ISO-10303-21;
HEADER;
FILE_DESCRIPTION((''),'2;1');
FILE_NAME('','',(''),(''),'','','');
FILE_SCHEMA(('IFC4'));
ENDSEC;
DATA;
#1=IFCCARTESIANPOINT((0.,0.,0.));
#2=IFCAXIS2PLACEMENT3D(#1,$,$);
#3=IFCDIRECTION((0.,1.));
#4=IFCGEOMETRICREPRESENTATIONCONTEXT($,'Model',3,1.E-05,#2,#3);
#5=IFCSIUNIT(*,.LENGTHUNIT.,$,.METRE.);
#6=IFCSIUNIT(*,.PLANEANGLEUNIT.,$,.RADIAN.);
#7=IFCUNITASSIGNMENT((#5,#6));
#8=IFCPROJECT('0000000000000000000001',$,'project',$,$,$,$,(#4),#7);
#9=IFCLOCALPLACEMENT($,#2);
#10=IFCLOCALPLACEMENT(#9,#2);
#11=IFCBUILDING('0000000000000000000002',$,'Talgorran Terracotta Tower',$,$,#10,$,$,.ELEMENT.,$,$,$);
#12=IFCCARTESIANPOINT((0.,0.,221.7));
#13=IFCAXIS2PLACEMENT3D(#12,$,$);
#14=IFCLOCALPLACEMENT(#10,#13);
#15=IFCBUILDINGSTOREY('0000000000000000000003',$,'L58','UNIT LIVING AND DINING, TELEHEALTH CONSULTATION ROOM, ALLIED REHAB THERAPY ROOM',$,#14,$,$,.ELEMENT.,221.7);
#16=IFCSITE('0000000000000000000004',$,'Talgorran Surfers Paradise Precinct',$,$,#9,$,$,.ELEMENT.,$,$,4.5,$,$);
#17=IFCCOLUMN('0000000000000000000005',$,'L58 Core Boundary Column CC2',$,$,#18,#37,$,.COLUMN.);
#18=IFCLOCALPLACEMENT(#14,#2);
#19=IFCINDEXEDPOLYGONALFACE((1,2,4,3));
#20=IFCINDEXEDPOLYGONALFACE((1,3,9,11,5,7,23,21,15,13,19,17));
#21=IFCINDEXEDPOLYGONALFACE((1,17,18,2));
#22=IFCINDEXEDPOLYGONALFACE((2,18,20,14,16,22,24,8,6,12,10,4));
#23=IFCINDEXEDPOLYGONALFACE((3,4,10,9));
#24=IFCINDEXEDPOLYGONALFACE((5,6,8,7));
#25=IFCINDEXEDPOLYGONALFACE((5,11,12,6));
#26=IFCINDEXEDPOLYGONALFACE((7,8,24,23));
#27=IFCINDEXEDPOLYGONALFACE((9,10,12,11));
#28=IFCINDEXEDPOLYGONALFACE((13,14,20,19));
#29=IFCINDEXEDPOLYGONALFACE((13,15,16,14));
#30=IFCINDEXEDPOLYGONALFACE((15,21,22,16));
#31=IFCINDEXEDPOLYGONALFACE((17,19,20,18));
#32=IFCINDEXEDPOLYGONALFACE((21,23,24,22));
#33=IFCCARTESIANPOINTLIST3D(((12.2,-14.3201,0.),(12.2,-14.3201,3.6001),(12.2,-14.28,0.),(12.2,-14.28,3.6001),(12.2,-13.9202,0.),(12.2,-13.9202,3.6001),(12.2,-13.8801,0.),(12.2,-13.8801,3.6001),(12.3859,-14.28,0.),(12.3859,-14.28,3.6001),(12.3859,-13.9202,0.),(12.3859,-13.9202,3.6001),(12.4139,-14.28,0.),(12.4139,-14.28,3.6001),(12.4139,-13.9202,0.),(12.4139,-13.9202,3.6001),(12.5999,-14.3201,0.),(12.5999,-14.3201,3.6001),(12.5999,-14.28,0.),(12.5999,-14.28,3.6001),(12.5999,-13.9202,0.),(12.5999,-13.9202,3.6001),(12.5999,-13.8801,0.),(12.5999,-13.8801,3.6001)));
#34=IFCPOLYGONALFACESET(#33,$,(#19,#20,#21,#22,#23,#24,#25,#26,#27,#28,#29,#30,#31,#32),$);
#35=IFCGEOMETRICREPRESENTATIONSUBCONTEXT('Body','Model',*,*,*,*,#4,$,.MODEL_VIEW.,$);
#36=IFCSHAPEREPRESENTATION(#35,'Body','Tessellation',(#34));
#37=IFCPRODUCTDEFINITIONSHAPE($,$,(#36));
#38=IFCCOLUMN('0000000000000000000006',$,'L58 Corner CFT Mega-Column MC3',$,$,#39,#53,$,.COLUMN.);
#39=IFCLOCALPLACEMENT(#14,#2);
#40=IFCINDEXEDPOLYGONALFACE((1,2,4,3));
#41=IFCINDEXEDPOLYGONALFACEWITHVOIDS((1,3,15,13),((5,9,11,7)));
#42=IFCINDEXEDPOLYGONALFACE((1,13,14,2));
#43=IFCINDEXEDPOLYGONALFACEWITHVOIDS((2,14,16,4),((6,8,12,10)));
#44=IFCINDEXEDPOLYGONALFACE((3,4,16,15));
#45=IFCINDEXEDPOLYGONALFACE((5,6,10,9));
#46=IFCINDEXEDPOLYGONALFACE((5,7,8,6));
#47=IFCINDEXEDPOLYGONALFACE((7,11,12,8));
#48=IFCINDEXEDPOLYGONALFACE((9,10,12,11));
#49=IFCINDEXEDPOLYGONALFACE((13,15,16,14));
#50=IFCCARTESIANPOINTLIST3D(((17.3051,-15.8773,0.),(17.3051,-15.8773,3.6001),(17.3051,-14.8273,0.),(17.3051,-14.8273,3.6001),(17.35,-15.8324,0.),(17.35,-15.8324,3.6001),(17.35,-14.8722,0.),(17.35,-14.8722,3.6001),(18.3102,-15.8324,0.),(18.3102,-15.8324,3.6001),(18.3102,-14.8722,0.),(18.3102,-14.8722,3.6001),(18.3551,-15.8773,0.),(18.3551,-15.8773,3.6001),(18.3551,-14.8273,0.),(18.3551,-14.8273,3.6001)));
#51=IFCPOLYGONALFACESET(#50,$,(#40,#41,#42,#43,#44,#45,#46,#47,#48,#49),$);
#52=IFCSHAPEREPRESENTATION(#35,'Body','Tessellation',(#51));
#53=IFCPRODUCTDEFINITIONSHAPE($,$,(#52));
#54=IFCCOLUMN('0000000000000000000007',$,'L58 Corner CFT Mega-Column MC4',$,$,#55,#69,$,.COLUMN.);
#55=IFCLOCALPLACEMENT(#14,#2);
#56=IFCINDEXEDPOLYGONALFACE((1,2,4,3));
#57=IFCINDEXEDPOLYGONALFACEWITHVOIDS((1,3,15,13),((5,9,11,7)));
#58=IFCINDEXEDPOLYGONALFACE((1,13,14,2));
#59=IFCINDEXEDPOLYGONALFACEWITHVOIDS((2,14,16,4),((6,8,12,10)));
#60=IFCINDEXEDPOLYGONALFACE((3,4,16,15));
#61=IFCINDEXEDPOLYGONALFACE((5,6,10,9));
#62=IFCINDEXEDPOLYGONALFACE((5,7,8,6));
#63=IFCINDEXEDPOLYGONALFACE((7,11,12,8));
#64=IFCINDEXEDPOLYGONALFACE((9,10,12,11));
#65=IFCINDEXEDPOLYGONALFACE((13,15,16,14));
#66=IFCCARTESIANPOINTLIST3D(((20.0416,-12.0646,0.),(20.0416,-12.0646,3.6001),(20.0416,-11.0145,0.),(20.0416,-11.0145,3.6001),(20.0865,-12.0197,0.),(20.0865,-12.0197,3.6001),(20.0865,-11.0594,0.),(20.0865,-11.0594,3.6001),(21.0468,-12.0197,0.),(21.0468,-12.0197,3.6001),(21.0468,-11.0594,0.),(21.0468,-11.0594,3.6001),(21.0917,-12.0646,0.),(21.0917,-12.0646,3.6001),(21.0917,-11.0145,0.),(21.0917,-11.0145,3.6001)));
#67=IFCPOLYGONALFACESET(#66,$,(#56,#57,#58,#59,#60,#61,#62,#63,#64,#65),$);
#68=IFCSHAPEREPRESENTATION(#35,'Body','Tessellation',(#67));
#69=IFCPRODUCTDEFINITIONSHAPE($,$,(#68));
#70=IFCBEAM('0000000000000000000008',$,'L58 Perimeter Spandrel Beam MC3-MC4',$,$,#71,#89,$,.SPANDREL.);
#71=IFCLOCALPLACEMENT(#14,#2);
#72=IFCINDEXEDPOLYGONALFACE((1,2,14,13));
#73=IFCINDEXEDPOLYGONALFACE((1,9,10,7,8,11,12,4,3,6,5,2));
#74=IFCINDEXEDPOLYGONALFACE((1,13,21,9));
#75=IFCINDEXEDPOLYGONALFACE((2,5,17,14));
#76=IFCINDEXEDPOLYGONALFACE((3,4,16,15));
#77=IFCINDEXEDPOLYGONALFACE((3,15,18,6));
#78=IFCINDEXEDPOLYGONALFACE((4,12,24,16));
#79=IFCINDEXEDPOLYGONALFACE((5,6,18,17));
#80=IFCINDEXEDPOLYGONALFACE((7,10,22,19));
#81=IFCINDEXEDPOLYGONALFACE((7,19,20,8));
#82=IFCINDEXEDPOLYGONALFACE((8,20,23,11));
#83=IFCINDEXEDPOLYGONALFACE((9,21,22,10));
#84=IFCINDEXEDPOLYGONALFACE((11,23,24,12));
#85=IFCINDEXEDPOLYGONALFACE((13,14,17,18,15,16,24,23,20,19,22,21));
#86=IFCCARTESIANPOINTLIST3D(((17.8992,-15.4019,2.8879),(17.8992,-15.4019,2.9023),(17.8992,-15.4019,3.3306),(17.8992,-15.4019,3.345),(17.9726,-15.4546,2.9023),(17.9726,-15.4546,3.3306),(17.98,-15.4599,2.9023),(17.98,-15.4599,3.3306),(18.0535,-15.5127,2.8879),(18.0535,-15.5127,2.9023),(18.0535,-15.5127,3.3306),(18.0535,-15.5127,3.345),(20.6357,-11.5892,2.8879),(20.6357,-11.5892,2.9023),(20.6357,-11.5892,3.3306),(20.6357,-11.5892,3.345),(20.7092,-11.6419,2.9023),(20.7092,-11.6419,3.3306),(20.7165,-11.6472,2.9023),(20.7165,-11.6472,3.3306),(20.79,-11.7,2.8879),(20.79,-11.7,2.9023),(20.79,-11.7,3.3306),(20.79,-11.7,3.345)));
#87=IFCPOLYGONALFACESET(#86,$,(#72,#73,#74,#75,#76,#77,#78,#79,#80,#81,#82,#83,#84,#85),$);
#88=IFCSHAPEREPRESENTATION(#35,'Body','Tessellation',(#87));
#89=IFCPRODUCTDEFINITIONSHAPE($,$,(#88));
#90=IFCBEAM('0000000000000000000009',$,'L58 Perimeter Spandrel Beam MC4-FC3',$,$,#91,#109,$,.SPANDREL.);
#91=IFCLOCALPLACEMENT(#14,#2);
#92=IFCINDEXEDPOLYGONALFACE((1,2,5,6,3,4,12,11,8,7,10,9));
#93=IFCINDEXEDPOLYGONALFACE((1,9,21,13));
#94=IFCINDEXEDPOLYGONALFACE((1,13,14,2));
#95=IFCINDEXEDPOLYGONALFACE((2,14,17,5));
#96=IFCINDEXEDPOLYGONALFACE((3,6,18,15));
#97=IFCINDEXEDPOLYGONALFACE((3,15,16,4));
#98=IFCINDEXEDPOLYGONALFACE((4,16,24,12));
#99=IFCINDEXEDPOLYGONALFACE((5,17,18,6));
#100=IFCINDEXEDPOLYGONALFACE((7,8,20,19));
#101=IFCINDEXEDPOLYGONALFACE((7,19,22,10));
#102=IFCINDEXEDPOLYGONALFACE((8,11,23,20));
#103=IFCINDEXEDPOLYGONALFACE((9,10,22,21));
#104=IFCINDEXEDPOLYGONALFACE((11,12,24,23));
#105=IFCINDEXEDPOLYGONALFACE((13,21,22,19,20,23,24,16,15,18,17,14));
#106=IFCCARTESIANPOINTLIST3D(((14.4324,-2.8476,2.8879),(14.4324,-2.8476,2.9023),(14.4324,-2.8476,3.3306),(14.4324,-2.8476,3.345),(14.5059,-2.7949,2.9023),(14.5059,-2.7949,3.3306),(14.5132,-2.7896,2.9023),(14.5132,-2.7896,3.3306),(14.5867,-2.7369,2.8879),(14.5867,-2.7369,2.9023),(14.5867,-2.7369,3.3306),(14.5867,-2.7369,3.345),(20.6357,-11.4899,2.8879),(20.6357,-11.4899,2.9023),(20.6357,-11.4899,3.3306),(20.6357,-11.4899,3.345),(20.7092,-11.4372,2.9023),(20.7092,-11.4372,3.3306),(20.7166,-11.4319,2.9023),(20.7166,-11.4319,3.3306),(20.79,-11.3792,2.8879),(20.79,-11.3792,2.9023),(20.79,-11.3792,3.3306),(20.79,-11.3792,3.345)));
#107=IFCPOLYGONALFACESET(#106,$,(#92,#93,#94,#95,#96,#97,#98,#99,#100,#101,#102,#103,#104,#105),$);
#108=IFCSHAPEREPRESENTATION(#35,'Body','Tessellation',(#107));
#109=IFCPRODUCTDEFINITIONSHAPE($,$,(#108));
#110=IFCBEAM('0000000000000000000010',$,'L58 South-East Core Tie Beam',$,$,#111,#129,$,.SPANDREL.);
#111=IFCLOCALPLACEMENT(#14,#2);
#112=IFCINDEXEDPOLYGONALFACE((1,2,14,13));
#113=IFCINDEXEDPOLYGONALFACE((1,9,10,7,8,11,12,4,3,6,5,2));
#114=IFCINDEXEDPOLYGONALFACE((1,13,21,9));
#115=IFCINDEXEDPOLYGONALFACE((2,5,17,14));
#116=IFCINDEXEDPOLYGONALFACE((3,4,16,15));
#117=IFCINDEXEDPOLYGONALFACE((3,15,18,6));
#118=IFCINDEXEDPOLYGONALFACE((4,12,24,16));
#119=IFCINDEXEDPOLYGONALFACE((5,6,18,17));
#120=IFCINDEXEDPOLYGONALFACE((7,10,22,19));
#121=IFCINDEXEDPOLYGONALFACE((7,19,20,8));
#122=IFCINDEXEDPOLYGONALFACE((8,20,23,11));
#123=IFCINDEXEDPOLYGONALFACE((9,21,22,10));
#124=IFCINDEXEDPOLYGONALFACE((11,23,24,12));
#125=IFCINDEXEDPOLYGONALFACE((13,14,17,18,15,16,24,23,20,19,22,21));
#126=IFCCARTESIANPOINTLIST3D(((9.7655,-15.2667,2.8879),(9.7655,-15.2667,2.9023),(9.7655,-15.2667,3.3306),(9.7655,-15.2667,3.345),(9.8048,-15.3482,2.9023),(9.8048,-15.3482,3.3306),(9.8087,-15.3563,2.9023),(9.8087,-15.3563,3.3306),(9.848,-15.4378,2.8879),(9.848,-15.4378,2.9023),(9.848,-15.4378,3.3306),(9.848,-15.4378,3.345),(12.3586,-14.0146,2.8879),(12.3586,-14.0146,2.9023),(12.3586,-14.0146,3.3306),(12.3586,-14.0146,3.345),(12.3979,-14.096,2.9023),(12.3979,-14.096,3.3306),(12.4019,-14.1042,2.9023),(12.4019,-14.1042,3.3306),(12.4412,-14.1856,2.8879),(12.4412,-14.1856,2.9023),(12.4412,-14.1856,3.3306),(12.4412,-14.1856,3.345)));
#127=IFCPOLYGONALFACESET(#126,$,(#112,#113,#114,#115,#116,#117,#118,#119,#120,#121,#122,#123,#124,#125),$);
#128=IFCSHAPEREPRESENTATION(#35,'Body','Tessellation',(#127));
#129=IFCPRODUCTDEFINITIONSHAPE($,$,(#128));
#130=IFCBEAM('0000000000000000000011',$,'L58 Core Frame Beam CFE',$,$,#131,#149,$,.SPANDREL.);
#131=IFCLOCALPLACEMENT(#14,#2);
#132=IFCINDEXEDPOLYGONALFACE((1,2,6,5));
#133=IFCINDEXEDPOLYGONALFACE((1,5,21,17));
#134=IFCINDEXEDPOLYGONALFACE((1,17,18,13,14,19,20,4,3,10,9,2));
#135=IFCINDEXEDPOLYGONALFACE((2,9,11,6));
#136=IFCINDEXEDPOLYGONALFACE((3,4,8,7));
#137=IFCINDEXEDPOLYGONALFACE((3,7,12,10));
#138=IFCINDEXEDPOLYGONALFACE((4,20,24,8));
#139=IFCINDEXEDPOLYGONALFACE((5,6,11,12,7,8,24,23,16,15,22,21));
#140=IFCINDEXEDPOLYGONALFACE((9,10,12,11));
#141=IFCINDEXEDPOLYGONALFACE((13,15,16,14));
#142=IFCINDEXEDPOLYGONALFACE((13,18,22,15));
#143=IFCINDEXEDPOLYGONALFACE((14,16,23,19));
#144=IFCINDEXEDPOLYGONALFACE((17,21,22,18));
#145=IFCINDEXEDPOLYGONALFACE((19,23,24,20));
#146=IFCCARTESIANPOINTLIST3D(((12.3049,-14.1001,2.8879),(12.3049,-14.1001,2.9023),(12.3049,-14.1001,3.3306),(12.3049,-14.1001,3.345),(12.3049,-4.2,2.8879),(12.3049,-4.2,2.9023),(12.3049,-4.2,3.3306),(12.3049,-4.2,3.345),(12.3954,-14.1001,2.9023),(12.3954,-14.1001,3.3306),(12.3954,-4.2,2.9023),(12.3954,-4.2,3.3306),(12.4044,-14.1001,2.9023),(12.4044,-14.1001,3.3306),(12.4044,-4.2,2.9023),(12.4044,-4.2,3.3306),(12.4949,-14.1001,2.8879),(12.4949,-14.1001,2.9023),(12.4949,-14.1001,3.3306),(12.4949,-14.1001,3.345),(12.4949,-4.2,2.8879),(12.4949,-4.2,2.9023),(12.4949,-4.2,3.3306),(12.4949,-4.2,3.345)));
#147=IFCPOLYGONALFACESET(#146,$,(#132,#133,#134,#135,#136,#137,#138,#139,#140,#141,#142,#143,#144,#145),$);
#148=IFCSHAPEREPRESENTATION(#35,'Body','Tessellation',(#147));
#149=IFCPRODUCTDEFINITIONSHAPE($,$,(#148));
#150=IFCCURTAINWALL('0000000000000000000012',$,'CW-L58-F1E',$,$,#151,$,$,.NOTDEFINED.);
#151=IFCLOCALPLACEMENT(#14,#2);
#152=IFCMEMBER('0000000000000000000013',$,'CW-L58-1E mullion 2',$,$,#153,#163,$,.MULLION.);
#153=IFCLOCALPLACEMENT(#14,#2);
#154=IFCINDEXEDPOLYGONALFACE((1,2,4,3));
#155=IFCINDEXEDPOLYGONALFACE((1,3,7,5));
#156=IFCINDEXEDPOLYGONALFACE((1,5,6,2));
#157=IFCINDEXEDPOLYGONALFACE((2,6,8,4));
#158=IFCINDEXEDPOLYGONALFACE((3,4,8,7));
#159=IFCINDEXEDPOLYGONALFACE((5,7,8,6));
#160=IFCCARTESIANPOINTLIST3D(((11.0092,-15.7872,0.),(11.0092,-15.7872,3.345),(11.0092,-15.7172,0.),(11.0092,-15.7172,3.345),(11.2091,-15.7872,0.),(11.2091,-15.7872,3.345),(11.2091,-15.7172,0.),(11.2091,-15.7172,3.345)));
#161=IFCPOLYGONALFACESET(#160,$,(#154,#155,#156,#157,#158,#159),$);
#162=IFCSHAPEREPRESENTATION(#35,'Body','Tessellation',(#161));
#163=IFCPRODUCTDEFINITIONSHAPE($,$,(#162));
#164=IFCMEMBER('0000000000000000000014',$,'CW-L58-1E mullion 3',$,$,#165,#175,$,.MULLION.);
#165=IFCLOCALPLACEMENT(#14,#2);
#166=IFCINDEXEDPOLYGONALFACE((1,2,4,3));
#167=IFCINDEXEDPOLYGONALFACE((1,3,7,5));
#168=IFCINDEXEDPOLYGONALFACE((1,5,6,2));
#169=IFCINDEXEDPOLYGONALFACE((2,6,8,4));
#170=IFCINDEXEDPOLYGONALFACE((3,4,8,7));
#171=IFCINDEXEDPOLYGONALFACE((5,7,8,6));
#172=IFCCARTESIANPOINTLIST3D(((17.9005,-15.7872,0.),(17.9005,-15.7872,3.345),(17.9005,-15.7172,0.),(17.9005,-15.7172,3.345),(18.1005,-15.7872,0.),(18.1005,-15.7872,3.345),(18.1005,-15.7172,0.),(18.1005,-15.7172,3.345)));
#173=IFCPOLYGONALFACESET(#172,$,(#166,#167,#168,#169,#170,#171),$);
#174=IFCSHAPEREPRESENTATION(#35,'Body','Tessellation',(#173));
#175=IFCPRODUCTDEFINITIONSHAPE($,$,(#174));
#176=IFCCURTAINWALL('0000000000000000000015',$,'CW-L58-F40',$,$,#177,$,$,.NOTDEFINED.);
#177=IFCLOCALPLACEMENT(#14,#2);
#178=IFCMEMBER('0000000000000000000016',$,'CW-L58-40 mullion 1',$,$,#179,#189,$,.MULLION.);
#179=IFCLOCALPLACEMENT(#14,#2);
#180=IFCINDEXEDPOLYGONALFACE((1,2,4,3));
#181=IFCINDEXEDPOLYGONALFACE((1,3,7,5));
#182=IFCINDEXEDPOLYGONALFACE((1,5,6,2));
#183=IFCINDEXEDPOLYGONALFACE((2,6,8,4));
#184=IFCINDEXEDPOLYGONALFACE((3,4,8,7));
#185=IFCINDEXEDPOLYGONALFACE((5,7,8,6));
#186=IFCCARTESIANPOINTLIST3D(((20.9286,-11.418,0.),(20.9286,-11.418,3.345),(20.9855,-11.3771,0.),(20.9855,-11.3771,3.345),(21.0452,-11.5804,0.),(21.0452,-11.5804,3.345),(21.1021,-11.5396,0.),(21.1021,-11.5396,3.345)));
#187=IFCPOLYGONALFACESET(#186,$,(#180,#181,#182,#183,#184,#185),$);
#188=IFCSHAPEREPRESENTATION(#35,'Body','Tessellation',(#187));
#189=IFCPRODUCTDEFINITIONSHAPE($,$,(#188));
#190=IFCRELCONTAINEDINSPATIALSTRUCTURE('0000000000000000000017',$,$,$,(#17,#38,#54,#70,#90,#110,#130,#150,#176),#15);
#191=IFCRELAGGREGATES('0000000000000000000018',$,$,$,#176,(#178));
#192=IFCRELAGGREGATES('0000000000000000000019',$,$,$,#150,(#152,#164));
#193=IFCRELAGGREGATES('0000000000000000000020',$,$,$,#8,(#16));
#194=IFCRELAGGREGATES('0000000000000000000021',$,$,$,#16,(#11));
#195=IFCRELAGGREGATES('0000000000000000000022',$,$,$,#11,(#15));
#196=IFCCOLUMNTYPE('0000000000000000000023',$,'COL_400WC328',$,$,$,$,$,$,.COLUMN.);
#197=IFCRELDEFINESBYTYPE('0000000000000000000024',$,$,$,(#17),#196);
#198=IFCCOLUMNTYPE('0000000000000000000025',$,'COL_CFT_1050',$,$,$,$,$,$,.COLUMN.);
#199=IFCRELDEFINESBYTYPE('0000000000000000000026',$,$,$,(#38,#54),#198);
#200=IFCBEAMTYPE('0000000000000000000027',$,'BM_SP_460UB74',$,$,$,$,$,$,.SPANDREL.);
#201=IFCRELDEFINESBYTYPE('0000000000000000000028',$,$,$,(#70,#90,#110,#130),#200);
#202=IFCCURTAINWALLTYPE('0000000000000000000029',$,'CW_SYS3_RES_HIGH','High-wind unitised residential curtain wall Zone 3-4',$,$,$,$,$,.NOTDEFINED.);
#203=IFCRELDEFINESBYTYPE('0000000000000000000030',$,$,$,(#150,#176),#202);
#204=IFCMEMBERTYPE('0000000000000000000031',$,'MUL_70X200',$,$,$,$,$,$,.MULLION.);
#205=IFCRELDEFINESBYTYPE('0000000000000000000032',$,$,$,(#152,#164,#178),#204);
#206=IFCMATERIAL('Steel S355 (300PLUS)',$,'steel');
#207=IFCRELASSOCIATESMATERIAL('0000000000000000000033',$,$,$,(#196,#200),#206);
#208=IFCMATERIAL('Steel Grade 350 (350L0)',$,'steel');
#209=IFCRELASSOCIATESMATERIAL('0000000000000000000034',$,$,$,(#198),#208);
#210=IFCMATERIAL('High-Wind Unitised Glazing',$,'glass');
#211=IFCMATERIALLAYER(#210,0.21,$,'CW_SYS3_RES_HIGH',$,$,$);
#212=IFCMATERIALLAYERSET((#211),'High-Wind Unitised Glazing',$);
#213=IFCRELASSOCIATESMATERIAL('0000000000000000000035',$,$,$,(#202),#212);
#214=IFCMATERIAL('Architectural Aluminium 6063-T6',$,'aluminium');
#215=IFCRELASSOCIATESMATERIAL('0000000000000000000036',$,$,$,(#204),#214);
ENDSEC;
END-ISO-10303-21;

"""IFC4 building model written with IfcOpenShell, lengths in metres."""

from ifc_helpers import new_model, si_unit, direction, frame, origin, origin_2d, place, context, subcontext, project, spatial, rectangle, hollow_rectangle, i_section, extrude, material, layer, layer_set, material_profile, profile_set, type_object, element, aggregate, save


model = new_model("IFC4")

# Units and contexts
model_context = context("Model", 3, precision=1e-05, world=origin(), true_north=direction((0.0, 1.0)))
body_context = subcontext(model_context, "Body", "Model", "MODEL_VIEW")
ifc_project = project(units=[si_unit("LENGTHUNIT", "METRE"), si_unit("PLANEANGLEUNIT", "RADIAN")], contexts=[model_context])

# Site, building, storey
site_placement = place(None, origin())
site = spatial("IfcSite", under=ifc_project, at=site_placement, Name="Talgorran Surfers Paradise Precinct", CompositionType="ELEMENT", RefElevation=4.5)
building_placement = place(site_placement, origin())
building = spatial("IfcBuilding", under=site, at=building_placement, Name="Talgorran Terracotta Tower", CompositionType="ELEMENT")
storey_placement = place(building_placement, frame((0.0, 0.0, 221.7)))
storey = spatial("IfcBuildingStorey", under=building, at=storey_placement, Name="L58", Description="UNIT LIVING AND DINING, TELEHEALTH CONSULTATION ROOM, ALLIED REHAB THERAPY ROOM", CompositionType="ELEMENT", Elevation=221.7)

# Columns
ifc_material_1 = material(Name="Steel S355 (300PLUS)", Category="steel")
ifc_material_profile_1 = material_profile(ifc_material_1, i_section(OverallWidth=0.3999, OverallDepth=0.4399, WebThickness=0.0281, FlangeThickness=0.04, at=origin_2d()), Name="400WC328")
ifc_profile_set_1 = profile_set([ifc_material_profile_1], Name="Steel S355 (300PLUS)")
column_type_1 = type_object("IfcColumnType", Name="COL_400WC328", PredefinedType="COLUMN", material=ifc_profile_set_1)
column_placement = place(storey_placement, frame((12.3999, -14.1001, 0.0), z_axis=(0.0, 0.0, 1.0), x_axis=(1.0, 0.0, 0.0)))
element("IfcColumn", 1, at=column_placement, inside=storey, type_object=column_type_1, Name="L58 Core Boundary Column CC2", PredefinedType="COLUMN", context=body_context, shape_type="SweptSolid", body=[
    extrude(i_section(OverallWidth=0.3999, OverallDepth=0.4399, WebThickness=0.0281, FlangeThickness=0.04, at=origin_2d()), origin(), (0.0, 0.0, 1.0), 3.6001),
])
ifc_material_2 = material(Name="Steel Grade 350 (350L0)", Category="steel")
ifc_material_profile_2 = material_profile(ifc_material_2, hollow_rectangle(XDim=1.05, YDim=1.05, WallThickness=0.0449, at=origin_2d()), Name="CFT1050X1050X45")
ifc_profile_set_2 = profile_set([ifc_material_profile_2], Name="Steel Grade 350 (350L0)")
column_type_2 = type_object("IfcColumnType", Name="COL_CFT_1050", PredefinedType="COLUMN", material=ifc_profile_set_2)
for number, where, z_axis, x_axis, name in (
    (2, (17.8301, -15.3523, 0.0), (0.0, 0.0, 1.0), (1.0, 0.0, 0.0), "L58 Corner CFT Mega-Column MC3"),
    (3, (20.5667, -11.5396, 0.0), (0.0, 0.0, 1.0), (1.0, 0.0, 0.0), "L58 Corner CFT Mega-Column MC4"),
):
    element("IfcColumn", number, at=place(storey_placement, frame(where, z_axis=z_axis, x_axis=x_axis)), inside=storey, type_object=column_type_2, Name=name, PredefinedType="COLUMN", context=body_context, shape_type="SweptSolid", body=[
        extrude(hollow_rectangle(XDim=1.05, YDim=1.05, WallThickness=0.0449, at=origin_2d()), origin(), (0.0, 0.0, 1.0), 3.6001),
    ])

# Beams
ifc_material_profile_3 = material_profile(ifc_material_1, i_section(OverallWidth=0.1899, OverallDepth=0.457, WebThickness=0.009, FlangeThickness=0.0144, at=origin_2d()), Name="460UB74.6")
ifc_profile_set_3 = profile_set([ifc_material_profile_3], Name="Steel S355 (300PLUS)")
beam_type = type_object("IfcBeamType", Name="BM_SP_460UB74", PredefinedType="SPANDREL", material=ifc_profile_set_3)
beam_1_placement = place(storey_placement, frame((17.9763, -15.4573, 3.1165), z_axis=(0.583097, 0.812403, 0.0), x_axis=(-0.812403, 0.583097, 0.0)))
element("IfcBeam", 4, at=beam_1_placement, inside=storey, type_object=beam_type, Name="L58 Perimeter Spandrel Beam MC3-MC4", PredefinedType="SPANDREL", context=body_context, shape_type="SweptSolid", body=[
    extrude(i_section(OverallWidth=0.1899, OverallDepth=0.457, WebThickness=0.009, FlangeThickness=0.0144, at=origin_2d()), origin(), (0.0, 0.0, 1.0), 4.6931),
])
beam_2_placement = place(storey_placement, frame((20.7129, -11.4346, 3.1165), z_axis=(-0.583121, 0.812385, 0.0), x_axis=(-0.812385, -0.583121, 0.0)))
element("IfcBeam", 5, at=beam_2_placement, inside=storey, type_object=beam_type, Name="L58 Perimeter Spandrel Beam MC4-FC3", PredefinedType="SPANDREL", context=body_context, shape_type="SweptSolid", body=[
    extrude(i_section(OverallWidth=0.1899, OverallDepth=0.457, WebThickness=0.009, FlangeThickness=0.0144, at=origin_2d()), origin(), (0.0, 0.0, 1.0), 10.6382),
])
beam_3_placement = place(storey_placement, frame((12.3999, -14.1001, 3.1165), z_axis=(-0.900514, -0.434827, 0.0), x_axis=(0.434827, -0.900514, 0.0)))
element("IfcBeam", 6, at=beam_3_placement, inside=storey, type_object=beam_type, Name="L58 South-East Core Tie Beam", PredefinedType="SPANDREL", context=body_context, shape_type="SweptSolid", body=[
    extrude(i_section(OverallWidth=0.1899, OverallDepth=0.457, WebThickness=0.009, FlangeThickness=0.0144, at=origin_2d()), origin(), (0.0, 0.0, 1.0), 2.8796),
])
beam_4_placement = place(storey_placement, frame((12.3999, -14.1001, 3.1165), z_axis=(0.0, 1.0, 0.0), x_axis=(-1.0, 0.0, 0.0)))
element("IfcBeam", 7, at=beam_4_placement, inside=storey, type_object=beam_type, Name="L58 Core Frame Beam CFE", PredefinedType="SPANDREL", context=body_context, shape_type="SweptSolid", body=[
    extrude(i_section(OverallWidth=0.1899, OverallDepth=0.457, WebThickness=0.009, FlangeThickness=0.0144, at=origin_2d()), origin(), (0.0, 0.0, 1.0), 9.9001),
])

# Curtain wall, members
ifc_material_3 = material(Name="High-Wind Unitised Glazing", Category="glass")
ifc_layer_1 = layer(ifc_material_3, 0.21, Name="CW_SYS3_RES_HIGH")
ifc_layer_set_1 = layer_set([ifc_layer_1], Name="High-Wind Unitised Glazing")
curtain_wall_type = type_object("IfcCurtainWallType", Name="CW_SYS3_RES_HIGH", Description="High-wind unitised residential curtain wall Zone 3-4", PredefinedType="NOTDEFINED", material=ifc_layer_set_1)
curtain_wall_1_placement = place(storey_placement, origin())
curtain_wall_1 = element("IfcCurtainWall", 8, at=curtain_wall_1_placement, inside=storey, type_object=curtain_wall_type, Name="CW-L58-F1E", PredefinedType="NOTDEFINED")
ifc_material_4 = material(Name="Architectural Aluminium 6063-T6", Category="aluminium")
ifc_material_profile_4 = material_profile(ifc_material_4, rectangle(XDim=0.0701, YDim=0.2, at=origin_2d()), Name="CWM70X200")
ifc_profile_set_4 = profile_set([ifc_material_profile_4], Name="Architectural Aluminium 6063-T6")
member_type_1 = type_object("IfcMemberType", Name="MUL_70X200", PredefinedType="MULLION", material=ifc_profile_set_4)
member_1_placement = place(storey_placement, frame((11.1091, -15.7522, 0.0), z_axis=(0.0, 0.0, 1.0), x_axis=(0.0, 1.0, 0.0)))
member_1 = element("IfcMember", 9, at=member_1_placement, type_object=member_type_1, Name="CW-L58-1E mullion 2", PredefinedType="MULLION", context=body_context, shape_type="SweptSolid", body=[
    extrude(rectangle(XDim=0.0701, YDim=0.2, at=origin_2d()), origin(), (0.0, 0.0, 1.0), 3.345),
])
member_2_placement = place(storey_placement, frame((18.0005, -15.7522, 0.0), z_axis=(0.0, 0.0, 1.0), x_axis=(0.0, 1.0, 0.0)))
member_2 = element("IfcMember", 10, at=member_2_placement, type_object=member_type_1, Name="CW-L58-1E mullion 3", PredefinedType="MULLION", context=body_context, shape_type="SweptSolid", body=[
    extrude(rectangle(XDim=0.0701, YDim=0.2, at=origin_2d()), origin(), (0.0, 0.0, 1.0), 3.345),
])

# Curtain wall, member
curtain_wall_2_placement = place(storey_placement, origin())
curtain_wall_2 = element("IfcCurtainWall", 11, at=curtain_wall_2_placement, inside=storey, type_object=curtain_wall_type, Name="CW-L58-F40", PredefinedType="NOTDEFINED")
member_3_placement = place(storey_placement, frame((21.0154, -11.4788, 0.0), z_axis=(0.0, 0.0, 1.0), x_axis=(-0.812393, -0.58311, 0.0)))
member_3 = element("IfcMember", 12, at=member_3_placement, type_object=member_type_1, Name="CW-L58-40 mullion 1", PredefinedType="MULLION", context=body_context, shape_type="SweptSolid", body=[
    extrude(rectangle(XDim=0.0701, YDim=0.2, at=origin_2d()), origin(), (0.0, 0.0, 1.0), 3.345),
])

aggregate(curtain_wall_2, [member_3])

aggregate(curtain_wall_1, [member_1, member_2])

save(model, "model.ifc")
